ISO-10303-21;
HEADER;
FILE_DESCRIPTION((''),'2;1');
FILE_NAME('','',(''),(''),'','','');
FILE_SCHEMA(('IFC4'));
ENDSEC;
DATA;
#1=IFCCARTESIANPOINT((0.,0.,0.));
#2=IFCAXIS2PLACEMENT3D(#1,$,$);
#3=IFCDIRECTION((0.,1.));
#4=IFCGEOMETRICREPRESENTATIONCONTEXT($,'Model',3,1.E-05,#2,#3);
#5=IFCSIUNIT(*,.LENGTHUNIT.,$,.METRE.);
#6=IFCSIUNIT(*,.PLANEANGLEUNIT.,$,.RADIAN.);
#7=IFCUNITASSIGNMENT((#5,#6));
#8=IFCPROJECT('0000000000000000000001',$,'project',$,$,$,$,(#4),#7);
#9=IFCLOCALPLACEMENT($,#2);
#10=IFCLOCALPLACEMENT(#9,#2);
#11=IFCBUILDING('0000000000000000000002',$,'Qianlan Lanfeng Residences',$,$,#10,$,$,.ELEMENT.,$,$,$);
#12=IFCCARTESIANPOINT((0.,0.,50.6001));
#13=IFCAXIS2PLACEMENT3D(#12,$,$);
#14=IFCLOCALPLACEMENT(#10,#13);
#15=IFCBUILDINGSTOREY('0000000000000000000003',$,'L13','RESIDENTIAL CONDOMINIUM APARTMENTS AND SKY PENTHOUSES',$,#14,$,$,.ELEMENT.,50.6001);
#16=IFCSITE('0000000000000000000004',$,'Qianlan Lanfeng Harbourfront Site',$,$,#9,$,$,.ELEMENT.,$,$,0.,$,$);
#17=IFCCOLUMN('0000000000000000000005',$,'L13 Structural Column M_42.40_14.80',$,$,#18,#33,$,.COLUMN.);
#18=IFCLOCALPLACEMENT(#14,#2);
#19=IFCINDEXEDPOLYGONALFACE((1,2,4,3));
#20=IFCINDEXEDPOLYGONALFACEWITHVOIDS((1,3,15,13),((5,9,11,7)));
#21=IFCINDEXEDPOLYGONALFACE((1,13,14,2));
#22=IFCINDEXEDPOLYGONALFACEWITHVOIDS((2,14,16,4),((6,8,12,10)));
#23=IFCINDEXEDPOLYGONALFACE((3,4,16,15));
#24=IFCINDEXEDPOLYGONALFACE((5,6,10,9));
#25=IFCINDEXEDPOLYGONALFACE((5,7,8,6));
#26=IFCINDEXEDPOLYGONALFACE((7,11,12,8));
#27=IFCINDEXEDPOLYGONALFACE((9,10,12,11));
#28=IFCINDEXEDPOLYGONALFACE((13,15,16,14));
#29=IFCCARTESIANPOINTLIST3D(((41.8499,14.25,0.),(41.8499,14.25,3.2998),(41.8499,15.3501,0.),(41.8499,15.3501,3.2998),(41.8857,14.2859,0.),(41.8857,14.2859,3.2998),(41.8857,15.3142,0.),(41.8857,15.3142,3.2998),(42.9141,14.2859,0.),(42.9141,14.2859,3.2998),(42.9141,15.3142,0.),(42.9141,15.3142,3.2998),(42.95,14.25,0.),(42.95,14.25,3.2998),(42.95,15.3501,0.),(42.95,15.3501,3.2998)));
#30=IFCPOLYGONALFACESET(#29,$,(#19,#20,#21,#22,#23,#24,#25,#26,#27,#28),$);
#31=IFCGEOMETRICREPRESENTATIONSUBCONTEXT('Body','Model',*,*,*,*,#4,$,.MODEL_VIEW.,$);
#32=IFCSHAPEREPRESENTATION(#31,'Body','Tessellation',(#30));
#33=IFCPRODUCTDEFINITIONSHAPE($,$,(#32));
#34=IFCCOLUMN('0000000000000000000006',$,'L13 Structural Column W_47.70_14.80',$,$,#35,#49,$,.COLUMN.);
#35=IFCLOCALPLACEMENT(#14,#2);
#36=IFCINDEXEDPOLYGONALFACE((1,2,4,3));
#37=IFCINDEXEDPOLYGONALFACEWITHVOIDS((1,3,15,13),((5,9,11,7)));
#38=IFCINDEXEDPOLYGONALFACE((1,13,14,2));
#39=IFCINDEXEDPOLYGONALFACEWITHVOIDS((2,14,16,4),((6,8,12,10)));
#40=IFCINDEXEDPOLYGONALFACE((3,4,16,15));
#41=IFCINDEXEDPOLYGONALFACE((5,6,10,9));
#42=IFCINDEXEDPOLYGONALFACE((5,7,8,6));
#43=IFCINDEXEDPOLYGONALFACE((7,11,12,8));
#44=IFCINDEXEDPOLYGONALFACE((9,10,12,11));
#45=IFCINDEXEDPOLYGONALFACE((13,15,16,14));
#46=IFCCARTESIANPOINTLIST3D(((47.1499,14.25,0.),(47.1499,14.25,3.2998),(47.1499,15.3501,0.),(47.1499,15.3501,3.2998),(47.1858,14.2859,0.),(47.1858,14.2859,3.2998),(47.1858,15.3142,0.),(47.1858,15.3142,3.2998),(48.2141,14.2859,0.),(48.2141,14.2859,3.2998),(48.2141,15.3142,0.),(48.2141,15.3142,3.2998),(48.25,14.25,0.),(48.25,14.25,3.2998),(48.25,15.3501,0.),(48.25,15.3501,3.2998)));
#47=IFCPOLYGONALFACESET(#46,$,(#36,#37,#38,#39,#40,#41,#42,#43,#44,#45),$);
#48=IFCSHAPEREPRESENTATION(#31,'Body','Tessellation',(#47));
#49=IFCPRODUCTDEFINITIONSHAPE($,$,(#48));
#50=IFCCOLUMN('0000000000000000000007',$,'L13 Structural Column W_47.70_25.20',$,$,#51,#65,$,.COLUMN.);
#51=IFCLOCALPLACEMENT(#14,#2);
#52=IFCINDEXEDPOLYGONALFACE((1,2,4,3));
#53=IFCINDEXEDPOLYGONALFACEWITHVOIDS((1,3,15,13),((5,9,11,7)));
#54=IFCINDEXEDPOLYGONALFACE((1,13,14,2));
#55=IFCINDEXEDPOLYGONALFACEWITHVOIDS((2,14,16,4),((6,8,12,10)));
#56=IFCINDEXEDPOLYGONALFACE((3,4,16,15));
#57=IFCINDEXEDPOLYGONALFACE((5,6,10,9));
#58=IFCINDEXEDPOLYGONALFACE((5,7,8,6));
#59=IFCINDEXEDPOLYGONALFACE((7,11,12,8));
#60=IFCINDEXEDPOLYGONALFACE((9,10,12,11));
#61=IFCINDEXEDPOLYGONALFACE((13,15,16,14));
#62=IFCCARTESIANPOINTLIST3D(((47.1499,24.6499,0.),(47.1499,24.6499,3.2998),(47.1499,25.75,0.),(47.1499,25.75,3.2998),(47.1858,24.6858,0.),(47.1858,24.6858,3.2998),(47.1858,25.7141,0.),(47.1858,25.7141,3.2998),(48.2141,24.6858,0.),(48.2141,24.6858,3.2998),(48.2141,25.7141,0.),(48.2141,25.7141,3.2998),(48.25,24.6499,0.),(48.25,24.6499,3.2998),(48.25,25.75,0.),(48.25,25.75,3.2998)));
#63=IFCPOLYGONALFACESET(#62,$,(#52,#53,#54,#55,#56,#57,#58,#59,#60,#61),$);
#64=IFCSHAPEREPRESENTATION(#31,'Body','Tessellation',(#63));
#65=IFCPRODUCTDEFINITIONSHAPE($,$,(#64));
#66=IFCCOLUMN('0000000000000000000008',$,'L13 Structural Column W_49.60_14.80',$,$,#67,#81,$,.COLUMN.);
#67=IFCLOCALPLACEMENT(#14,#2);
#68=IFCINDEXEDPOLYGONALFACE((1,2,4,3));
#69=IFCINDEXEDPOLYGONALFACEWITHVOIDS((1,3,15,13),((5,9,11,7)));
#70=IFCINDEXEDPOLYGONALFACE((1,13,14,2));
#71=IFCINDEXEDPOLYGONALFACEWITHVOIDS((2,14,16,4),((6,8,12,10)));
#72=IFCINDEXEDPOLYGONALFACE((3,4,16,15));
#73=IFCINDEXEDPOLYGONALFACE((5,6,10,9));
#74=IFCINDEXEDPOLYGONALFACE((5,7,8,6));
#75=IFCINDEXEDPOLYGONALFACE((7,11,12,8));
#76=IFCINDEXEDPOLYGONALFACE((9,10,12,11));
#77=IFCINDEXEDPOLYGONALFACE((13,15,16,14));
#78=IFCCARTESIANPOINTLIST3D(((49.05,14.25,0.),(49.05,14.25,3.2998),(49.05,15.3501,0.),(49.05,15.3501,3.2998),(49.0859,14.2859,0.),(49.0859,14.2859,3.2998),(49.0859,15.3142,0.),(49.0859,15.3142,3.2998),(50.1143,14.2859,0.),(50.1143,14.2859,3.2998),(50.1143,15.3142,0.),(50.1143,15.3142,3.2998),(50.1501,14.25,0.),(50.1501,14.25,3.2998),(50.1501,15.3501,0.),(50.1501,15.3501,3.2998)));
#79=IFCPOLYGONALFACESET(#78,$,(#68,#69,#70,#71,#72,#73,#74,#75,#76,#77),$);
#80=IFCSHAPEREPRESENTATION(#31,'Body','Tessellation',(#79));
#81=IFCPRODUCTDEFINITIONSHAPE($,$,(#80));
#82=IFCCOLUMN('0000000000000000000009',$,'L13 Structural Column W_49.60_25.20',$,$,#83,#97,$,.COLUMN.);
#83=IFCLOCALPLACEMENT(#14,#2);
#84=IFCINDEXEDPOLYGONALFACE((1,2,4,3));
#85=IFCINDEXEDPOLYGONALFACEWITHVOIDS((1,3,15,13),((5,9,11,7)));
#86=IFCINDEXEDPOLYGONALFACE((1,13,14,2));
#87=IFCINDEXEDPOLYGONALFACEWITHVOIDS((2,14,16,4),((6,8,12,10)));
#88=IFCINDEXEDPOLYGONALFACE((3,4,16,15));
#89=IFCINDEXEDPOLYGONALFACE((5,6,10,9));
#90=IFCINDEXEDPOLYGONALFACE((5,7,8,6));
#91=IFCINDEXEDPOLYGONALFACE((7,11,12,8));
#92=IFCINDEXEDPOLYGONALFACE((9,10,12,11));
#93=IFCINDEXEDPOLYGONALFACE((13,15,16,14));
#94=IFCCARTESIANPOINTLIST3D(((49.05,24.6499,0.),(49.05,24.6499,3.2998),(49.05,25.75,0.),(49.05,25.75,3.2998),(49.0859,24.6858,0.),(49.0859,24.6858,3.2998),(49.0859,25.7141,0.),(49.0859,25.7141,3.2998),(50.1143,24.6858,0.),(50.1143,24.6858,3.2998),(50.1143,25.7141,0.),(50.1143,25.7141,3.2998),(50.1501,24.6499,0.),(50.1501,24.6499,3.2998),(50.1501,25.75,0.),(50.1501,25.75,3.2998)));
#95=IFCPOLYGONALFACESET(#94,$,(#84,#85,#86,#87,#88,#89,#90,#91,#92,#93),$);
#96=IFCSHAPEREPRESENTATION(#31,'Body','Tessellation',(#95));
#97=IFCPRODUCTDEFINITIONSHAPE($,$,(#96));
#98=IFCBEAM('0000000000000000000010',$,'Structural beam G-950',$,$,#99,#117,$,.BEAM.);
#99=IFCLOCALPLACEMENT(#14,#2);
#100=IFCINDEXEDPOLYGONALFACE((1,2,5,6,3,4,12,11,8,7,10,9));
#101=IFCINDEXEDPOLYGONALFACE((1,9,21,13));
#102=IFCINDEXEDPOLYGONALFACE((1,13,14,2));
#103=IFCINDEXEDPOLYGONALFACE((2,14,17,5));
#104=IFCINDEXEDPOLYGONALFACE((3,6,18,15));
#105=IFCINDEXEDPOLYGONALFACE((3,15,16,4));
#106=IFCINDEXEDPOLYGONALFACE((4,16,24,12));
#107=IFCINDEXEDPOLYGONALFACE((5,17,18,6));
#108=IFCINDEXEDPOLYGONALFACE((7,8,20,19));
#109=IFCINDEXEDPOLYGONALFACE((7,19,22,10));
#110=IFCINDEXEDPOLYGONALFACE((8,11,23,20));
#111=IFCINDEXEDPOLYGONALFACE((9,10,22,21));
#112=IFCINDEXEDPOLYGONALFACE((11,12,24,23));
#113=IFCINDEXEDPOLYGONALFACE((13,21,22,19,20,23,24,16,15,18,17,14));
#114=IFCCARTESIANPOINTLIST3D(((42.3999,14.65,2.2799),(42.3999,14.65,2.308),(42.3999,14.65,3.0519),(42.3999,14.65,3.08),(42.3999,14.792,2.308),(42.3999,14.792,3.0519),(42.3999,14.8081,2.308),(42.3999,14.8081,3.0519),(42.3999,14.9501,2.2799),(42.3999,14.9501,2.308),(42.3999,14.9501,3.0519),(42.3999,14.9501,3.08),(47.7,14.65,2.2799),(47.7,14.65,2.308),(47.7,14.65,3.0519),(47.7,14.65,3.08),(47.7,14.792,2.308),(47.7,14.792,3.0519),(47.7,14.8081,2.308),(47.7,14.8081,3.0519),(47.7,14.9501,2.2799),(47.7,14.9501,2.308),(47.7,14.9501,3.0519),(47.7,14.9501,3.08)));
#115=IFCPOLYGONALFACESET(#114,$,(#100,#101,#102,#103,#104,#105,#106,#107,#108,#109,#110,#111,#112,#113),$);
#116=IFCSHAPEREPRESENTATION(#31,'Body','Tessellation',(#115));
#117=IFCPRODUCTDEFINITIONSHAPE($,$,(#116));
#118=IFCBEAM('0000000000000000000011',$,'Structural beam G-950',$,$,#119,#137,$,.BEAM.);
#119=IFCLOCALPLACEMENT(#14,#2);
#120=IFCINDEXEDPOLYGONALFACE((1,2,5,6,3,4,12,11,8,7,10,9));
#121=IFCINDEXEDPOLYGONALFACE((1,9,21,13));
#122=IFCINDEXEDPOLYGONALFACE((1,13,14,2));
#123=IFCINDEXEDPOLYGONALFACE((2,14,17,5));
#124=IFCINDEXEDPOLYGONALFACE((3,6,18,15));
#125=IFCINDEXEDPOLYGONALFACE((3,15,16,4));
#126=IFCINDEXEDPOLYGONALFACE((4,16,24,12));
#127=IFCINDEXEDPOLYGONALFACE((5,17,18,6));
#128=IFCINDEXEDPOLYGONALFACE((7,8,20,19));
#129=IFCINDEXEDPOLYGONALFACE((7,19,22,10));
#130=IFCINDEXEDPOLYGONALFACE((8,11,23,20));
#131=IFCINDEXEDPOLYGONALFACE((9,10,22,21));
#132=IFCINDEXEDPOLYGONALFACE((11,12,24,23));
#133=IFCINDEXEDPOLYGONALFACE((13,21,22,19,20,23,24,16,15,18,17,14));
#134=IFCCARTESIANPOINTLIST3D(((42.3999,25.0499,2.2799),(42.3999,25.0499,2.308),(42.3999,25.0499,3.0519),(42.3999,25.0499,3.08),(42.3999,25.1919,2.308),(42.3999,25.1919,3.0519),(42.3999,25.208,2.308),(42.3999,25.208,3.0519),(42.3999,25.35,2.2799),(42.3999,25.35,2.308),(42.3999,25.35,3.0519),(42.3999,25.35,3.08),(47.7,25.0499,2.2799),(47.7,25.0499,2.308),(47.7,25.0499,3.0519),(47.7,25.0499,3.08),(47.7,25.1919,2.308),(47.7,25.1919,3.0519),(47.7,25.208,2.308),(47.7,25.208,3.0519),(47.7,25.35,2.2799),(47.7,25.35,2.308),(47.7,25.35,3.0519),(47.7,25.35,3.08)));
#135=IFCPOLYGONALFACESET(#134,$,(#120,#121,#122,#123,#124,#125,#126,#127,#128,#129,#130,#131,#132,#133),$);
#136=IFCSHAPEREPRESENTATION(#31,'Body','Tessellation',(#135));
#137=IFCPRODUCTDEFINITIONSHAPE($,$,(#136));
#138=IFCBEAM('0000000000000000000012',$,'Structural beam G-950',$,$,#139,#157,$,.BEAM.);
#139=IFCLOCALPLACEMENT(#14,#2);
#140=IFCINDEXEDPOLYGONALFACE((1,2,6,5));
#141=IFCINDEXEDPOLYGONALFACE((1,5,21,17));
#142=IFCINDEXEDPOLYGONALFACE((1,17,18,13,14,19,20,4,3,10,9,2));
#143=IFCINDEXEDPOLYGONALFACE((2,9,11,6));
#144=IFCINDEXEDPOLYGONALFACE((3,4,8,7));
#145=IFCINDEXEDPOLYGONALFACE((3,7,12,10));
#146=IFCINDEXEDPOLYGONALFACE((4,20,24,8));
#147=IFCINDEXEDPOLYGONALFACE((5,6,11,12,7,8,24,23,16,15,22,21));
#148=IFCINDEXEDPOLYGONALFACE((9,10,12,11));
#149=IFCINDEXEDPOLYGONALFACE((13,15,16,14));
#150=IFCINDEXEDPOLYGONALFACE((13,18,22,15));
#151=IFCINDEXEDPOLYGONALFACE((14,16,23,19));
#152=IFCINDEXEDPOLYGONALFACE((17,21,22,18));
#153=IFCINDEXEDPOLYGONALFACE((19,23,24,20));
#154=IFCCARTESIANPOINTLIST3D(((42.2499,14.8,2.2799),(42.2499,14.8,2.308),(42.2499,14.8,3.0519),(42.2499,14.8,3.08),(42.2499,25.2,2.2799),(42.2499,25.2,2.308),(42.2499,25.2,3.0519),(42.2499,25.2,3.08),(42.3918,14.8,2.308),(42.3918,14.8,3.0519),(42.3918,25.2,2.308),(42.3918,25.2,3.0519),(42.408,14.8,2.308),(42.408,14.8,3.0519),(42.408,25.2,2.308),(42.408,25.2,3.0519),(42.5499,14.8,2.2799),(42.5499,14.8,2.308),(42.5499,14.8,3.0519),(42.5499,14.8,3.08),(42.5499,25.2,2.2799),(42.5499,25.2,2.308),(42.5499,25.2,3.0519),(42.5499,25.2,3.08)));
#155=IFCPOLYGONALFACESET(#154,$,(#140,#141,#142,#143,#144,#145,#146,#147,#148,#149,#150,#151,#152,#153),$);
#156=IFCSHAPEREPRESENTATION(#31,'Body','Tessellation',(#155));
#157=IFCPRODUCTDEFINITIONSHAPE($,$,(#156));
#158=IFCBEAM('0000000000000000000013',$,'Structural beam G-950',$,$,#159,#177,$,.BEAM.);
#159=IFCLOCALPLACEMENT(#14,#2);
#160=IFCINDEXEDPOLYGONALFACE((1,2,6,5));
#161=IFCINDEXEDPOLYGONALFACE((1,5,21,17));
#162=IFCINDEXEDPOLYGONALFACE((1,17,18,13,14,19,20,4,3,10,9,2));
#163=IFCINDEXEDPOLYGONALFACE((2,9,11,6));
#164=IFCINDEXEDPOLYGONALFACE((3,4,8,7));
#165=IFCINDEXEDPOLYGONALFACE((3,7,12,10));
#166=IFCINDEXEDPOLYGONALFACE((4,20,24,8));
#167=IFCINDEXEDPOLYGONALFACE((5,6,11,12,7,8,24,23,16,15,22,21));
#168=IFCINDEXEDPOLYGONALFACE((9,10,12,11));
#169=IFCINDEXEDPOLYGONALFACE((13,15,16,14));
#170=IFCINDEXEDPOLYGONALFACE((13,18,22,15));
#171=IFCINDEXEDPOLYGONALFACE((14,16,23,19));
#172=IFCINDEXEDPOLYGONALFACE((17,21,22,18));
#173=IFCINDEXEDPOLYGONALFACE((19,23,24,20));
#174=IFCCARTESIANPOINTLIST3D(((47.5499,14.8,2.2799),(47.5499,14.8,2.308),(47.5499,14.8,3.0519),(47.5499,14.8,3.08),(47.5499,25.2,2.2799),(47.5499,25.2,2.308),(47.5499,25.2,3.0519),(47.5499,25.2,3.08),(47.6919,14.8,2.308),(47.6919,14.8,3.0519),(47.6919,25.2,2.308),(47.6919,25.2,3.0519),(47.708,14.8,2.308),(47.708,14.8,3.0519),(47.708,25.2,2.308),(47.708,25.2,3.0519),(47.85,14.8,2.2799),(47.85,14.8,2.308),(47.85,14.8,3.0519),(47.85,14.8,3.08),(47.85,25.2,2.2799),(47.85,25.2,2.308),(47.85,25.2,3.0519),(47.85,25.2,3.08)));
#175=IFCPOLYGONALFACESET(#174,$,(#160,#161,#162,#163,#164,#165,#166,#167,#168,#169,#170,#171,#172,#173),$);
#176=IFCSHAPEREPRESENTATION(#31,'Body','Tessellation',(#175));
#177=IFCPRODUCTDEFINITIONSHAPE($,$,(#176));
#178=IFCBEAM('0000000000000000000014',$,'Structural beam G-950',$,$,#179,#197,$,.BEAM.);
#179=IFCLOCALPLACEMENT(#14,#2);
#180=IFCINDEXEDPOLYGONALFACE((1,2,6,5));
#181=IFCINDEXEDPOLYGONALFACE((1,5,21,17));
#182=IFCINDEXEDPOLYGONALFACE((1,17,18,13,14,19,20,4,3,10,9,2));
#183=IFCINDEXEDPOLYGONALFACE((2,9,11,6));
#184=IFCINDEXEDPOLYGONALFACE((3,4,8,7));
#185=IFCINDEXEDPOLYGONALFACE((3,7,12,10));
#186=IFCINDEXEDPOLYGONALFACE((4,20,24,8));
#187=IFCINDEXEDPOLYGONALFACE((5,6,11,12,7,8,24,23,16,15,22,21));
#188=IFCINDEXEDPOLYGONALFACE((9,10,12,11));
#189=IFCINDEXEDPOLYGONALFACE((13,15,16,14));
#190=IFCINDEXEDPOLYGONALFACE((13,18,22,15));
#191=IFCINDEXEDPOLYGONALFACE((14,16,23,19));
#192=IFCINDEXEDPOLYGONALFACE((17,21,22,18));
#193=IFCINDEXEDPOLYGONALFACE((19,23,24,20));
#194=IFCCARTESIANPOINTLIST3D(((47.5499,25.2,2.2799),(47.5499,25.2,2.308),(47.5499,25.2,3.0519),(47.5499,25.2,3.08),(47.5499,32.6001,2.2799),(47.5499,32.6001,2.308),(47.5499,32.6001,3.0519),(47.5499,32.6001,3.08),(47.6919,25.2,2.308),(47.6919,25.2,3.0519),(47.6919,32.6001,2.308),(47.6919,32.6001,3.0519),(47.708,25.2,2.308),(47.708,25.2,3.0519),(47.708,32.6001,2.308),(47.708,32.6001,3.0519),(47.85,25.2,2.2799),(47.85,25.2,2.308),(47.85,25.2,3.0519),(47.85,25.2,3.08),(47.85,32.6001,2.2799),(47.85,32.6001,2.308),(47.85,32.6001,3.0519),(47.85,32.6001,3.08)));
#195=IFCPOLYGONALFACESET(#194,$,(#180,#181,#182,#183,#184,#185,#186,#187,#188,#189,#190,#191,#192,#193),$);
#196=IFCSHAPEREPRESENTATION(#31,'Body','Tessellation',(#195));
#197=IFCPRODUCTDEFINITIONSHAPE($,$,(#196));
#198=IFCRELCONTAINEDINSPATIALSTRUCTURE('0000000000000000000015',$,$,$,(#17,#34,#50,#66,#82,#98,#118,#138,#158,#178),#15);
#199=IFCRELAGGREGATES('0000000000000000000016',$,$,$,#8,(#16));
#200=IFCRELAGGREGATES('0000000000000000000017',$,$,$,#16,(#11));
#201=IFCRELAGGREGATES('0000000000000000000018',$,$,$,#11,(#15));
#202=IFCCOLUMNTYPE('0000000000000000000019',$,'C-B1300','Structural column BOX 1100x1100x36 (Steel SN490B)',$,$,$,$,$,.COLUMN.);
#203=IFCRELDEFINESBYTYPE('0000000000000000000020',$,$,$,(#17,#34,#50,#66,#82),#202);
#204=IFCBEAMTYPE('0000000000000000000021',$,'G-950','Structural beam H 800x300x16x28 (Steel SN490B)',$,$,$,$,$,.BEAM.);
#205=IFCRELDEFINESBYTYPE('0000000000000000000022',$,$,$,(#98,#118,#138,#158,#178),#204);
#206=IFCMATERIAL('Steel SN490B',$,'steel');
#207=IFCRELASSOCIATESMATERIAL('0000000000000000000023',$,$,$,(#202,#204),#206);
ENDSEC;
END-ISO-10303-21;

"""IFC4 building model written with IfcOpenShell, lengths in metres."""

from ifc_helpers import new_model, si_unit, direction, frame, origin, origin_2d, place, context, subcontext, project, spatial, hollow_rectangle, i_section, extrude, material, material_profile, profile_set, type_object, element, save


model = new_model("IFC4")

# Units and contexts
model_context = context("Model", 3, precision=1e-05, world=origin(), true_north=direction((0.0, 1.0)))
body_context = subcontext(model_context, "Body", "Model", "MODEL_VIEW")
ifc_project = project(units=[si_unit("LENGTHUNIT", "METRE"), si_unit("PLANEANGLEUNIT", "RADIAN")], contexts=[model_context])

# Site, building, storey
site_placement = place(None, origin())
site = spatial("IfcSite", under=ifc_project, at=site_placement, Name="Qianlan Lanfeng Harbourfront Site", CompositionType="ELEMENT", RefElevation=0.0)
building_placement = place(site_placement, origin())
building = spatial("IfcBuilding", under=site, at=building_placement, Name="Qianlan Lanfeng Residences", CompositionType="ELEMENT")
storey_placement = place(building_placement, frame((0.0, 0.0, 50.6001)))
storey = spatial("IfcBuildingStorey", under=building, at=storey_placement, Name="L13", Description="RESIDENTIAL CONDOMINIUM APARTMENTS AND SKY PENTHOUSES", CompositionType="ELEMENT", Elevation=50.6001)

# Columns
ifc_material_1 = material(Name="Steel SN490B", Category="steel")
ifc_material_profile_1 = material_profile(ifc_material_1, hollow_rectangle(XDim=1.1001, YDim=1.1001, WallThickness=0.0359, at=origin_2d()), Name="BOX 1100x1100x36")
ifc_profile_set_1 = profile_set([ifc_material_profile_1], Name="Steel SN490B")
column_type = type_object("IfcColumnType", Name="C-B1300", Description="Structural column BOX 1100x1100x36 (Steel SN490B)", PredefinedType="COLUMN", material=ifc_profile_set_1)
for number, where, z_axis, x_axis, name in (
    (1, (42.3999, 14.8, 0.0), (0.0, 0.0, 1.0), (1.0, 0.0, 0.0), "L13 Structural Column M_42.40_14.80"),
    (2, (47.7, 14.8, 0.0), (0.0, 0.0, 1.0), (1.0, 0.0, 0.0), "L13 Structural Column W_47.70_14.80"),
    (3, (47.7, 25.2, 0.0), (0.0, 0.0, 1.0), (1.0, 0.0, 0.0), "L13 Structural Column W_47.70_25.20"),
    (4, (49.6001, 14.8, 0.0), (0.0, 0.0, 1.0), (1.0, 0.0, 0.0), "L13 Structural Column W_49.60_14.80"),
    (5, (49.6001, 25.2, 0.0), (0.0, 0.0, 1.0), (1.0, 0.0, 0.0), "L13 Structural Column W_49.60_25.20"),
):
    element("IfcColumn", number, at=place(storey_placement, frame(where, z_axis=z_axis, x_axis=x_axis)), inside=storey, type_object=column_type, Name=name, PredefinedType="COLUMN", context=body_context, shape_type="SweptSolid", body=[
        extrude(hollow_rectangle(XDim=1.1001, YDim=1.1001, WallThickness=0.0359, at=origin_2d()), origin(), (0.0, 0.0, 1.0), 3.2998),
    ])

# Beams
ifc_material_profile_2 = material_profile(ifc_material_1, i_section(OverallWidth=0.3, OverallDepth=0.8, WebThickness=0.0161, FlangeThickness=0.0281, at=origin_2d()), Name="H 800x300x16x28")
ifc_profile_set_2 = profile_set([ifc_material_profile_2], Name="Steel SN490B")
beam_type_1 = type_object("IfcBeamType", Name="G-950", Description="Structural beam H 800x300x16x28 (Steel SN490B)", PredefinedType="BEAM", material=ifc_profile_set_2)
for number, where, z_axis, x_axis, name in (
    (6, (42.3999, 14.8, 2.6799), (1.0, 0.0, 0.0), (0.0, 1.0, 0.0), "Structural beam G-950"),
    (7, (42.3999, 25.2, 2.6799), (1.0, 0.0, 0.0), (0.0, 1.0, 0.0), "Structural beam G-950"),
):
    element("IfcBeam", number, at=place(storey_placement, frame(where, z_axis=z_axis, x_axis=x_axis)), inside=storey, type_object=beam_type_1, Name=name, PredefinedType="BEAM", context=body_context, shape_type="SweptSolid", body=[
        extrude(i_section(OverallWidth=0.3, OverallDepth=0.8, WebThickness=0.0161, FlangeThickness=0.0281, at=origin_2d()), origin(), (0.0, 0.0, 1.0), 5.3),
    ])
for number, where, z_axis, x_axis, name in (
    (8, (42.3999, 14.8, 2.6799), (0.0, 1.0, 0.0), (-1.0, 0.0, 0.0), "Structural beam G-950"),
    (9, (47.7, 14.8, 2.6799), (0.0, 1.0, 0.0), (-1.0, 0.0, 0.0), "Structural beam G-950"),
):
    element("IfcBeam", number, at=place(storey_placement, frame(where, z_axis=z_axis, x_axis=x_axis)), inside=storey, type_object=beam_type_1, Name=name, PredefinedType="BEAM", context=body_context, shape_type="SweptSolid", body=[
        extrude(i_section(OverallWidth=0.3, OverallDepth=0.8, WebThickness=0.0161, FlangeThickness=0.0281, at=origin_2d()), origin(), (0.0, 0.0, 1.0), 10.3999),
    ])
beam_1_placement = place(storey_placement, frame((47.7, 25.2, 2.6799), z_axis=(0.0, 1.0, 0.0), x_axis=(-1.0, 0.0, 0.0)))
element("IfcBeam", 10, at=beam_1_placement, inside=storey, type_object=beam_type_1, Name="Structural beam G-950", PredefinedType="BEAM", context=body_context, shape_type="SweptSolid", body=[
    extrude(i_section(OverallWidth=0.3, OverallDepth=0.8, WebThickness=0.0161, FlangeThickness=0.0281, at=origin_2d()), origin(), (0.0, 0.0, 1.0), 7.4001),
])

save(model, "model.ifc")
